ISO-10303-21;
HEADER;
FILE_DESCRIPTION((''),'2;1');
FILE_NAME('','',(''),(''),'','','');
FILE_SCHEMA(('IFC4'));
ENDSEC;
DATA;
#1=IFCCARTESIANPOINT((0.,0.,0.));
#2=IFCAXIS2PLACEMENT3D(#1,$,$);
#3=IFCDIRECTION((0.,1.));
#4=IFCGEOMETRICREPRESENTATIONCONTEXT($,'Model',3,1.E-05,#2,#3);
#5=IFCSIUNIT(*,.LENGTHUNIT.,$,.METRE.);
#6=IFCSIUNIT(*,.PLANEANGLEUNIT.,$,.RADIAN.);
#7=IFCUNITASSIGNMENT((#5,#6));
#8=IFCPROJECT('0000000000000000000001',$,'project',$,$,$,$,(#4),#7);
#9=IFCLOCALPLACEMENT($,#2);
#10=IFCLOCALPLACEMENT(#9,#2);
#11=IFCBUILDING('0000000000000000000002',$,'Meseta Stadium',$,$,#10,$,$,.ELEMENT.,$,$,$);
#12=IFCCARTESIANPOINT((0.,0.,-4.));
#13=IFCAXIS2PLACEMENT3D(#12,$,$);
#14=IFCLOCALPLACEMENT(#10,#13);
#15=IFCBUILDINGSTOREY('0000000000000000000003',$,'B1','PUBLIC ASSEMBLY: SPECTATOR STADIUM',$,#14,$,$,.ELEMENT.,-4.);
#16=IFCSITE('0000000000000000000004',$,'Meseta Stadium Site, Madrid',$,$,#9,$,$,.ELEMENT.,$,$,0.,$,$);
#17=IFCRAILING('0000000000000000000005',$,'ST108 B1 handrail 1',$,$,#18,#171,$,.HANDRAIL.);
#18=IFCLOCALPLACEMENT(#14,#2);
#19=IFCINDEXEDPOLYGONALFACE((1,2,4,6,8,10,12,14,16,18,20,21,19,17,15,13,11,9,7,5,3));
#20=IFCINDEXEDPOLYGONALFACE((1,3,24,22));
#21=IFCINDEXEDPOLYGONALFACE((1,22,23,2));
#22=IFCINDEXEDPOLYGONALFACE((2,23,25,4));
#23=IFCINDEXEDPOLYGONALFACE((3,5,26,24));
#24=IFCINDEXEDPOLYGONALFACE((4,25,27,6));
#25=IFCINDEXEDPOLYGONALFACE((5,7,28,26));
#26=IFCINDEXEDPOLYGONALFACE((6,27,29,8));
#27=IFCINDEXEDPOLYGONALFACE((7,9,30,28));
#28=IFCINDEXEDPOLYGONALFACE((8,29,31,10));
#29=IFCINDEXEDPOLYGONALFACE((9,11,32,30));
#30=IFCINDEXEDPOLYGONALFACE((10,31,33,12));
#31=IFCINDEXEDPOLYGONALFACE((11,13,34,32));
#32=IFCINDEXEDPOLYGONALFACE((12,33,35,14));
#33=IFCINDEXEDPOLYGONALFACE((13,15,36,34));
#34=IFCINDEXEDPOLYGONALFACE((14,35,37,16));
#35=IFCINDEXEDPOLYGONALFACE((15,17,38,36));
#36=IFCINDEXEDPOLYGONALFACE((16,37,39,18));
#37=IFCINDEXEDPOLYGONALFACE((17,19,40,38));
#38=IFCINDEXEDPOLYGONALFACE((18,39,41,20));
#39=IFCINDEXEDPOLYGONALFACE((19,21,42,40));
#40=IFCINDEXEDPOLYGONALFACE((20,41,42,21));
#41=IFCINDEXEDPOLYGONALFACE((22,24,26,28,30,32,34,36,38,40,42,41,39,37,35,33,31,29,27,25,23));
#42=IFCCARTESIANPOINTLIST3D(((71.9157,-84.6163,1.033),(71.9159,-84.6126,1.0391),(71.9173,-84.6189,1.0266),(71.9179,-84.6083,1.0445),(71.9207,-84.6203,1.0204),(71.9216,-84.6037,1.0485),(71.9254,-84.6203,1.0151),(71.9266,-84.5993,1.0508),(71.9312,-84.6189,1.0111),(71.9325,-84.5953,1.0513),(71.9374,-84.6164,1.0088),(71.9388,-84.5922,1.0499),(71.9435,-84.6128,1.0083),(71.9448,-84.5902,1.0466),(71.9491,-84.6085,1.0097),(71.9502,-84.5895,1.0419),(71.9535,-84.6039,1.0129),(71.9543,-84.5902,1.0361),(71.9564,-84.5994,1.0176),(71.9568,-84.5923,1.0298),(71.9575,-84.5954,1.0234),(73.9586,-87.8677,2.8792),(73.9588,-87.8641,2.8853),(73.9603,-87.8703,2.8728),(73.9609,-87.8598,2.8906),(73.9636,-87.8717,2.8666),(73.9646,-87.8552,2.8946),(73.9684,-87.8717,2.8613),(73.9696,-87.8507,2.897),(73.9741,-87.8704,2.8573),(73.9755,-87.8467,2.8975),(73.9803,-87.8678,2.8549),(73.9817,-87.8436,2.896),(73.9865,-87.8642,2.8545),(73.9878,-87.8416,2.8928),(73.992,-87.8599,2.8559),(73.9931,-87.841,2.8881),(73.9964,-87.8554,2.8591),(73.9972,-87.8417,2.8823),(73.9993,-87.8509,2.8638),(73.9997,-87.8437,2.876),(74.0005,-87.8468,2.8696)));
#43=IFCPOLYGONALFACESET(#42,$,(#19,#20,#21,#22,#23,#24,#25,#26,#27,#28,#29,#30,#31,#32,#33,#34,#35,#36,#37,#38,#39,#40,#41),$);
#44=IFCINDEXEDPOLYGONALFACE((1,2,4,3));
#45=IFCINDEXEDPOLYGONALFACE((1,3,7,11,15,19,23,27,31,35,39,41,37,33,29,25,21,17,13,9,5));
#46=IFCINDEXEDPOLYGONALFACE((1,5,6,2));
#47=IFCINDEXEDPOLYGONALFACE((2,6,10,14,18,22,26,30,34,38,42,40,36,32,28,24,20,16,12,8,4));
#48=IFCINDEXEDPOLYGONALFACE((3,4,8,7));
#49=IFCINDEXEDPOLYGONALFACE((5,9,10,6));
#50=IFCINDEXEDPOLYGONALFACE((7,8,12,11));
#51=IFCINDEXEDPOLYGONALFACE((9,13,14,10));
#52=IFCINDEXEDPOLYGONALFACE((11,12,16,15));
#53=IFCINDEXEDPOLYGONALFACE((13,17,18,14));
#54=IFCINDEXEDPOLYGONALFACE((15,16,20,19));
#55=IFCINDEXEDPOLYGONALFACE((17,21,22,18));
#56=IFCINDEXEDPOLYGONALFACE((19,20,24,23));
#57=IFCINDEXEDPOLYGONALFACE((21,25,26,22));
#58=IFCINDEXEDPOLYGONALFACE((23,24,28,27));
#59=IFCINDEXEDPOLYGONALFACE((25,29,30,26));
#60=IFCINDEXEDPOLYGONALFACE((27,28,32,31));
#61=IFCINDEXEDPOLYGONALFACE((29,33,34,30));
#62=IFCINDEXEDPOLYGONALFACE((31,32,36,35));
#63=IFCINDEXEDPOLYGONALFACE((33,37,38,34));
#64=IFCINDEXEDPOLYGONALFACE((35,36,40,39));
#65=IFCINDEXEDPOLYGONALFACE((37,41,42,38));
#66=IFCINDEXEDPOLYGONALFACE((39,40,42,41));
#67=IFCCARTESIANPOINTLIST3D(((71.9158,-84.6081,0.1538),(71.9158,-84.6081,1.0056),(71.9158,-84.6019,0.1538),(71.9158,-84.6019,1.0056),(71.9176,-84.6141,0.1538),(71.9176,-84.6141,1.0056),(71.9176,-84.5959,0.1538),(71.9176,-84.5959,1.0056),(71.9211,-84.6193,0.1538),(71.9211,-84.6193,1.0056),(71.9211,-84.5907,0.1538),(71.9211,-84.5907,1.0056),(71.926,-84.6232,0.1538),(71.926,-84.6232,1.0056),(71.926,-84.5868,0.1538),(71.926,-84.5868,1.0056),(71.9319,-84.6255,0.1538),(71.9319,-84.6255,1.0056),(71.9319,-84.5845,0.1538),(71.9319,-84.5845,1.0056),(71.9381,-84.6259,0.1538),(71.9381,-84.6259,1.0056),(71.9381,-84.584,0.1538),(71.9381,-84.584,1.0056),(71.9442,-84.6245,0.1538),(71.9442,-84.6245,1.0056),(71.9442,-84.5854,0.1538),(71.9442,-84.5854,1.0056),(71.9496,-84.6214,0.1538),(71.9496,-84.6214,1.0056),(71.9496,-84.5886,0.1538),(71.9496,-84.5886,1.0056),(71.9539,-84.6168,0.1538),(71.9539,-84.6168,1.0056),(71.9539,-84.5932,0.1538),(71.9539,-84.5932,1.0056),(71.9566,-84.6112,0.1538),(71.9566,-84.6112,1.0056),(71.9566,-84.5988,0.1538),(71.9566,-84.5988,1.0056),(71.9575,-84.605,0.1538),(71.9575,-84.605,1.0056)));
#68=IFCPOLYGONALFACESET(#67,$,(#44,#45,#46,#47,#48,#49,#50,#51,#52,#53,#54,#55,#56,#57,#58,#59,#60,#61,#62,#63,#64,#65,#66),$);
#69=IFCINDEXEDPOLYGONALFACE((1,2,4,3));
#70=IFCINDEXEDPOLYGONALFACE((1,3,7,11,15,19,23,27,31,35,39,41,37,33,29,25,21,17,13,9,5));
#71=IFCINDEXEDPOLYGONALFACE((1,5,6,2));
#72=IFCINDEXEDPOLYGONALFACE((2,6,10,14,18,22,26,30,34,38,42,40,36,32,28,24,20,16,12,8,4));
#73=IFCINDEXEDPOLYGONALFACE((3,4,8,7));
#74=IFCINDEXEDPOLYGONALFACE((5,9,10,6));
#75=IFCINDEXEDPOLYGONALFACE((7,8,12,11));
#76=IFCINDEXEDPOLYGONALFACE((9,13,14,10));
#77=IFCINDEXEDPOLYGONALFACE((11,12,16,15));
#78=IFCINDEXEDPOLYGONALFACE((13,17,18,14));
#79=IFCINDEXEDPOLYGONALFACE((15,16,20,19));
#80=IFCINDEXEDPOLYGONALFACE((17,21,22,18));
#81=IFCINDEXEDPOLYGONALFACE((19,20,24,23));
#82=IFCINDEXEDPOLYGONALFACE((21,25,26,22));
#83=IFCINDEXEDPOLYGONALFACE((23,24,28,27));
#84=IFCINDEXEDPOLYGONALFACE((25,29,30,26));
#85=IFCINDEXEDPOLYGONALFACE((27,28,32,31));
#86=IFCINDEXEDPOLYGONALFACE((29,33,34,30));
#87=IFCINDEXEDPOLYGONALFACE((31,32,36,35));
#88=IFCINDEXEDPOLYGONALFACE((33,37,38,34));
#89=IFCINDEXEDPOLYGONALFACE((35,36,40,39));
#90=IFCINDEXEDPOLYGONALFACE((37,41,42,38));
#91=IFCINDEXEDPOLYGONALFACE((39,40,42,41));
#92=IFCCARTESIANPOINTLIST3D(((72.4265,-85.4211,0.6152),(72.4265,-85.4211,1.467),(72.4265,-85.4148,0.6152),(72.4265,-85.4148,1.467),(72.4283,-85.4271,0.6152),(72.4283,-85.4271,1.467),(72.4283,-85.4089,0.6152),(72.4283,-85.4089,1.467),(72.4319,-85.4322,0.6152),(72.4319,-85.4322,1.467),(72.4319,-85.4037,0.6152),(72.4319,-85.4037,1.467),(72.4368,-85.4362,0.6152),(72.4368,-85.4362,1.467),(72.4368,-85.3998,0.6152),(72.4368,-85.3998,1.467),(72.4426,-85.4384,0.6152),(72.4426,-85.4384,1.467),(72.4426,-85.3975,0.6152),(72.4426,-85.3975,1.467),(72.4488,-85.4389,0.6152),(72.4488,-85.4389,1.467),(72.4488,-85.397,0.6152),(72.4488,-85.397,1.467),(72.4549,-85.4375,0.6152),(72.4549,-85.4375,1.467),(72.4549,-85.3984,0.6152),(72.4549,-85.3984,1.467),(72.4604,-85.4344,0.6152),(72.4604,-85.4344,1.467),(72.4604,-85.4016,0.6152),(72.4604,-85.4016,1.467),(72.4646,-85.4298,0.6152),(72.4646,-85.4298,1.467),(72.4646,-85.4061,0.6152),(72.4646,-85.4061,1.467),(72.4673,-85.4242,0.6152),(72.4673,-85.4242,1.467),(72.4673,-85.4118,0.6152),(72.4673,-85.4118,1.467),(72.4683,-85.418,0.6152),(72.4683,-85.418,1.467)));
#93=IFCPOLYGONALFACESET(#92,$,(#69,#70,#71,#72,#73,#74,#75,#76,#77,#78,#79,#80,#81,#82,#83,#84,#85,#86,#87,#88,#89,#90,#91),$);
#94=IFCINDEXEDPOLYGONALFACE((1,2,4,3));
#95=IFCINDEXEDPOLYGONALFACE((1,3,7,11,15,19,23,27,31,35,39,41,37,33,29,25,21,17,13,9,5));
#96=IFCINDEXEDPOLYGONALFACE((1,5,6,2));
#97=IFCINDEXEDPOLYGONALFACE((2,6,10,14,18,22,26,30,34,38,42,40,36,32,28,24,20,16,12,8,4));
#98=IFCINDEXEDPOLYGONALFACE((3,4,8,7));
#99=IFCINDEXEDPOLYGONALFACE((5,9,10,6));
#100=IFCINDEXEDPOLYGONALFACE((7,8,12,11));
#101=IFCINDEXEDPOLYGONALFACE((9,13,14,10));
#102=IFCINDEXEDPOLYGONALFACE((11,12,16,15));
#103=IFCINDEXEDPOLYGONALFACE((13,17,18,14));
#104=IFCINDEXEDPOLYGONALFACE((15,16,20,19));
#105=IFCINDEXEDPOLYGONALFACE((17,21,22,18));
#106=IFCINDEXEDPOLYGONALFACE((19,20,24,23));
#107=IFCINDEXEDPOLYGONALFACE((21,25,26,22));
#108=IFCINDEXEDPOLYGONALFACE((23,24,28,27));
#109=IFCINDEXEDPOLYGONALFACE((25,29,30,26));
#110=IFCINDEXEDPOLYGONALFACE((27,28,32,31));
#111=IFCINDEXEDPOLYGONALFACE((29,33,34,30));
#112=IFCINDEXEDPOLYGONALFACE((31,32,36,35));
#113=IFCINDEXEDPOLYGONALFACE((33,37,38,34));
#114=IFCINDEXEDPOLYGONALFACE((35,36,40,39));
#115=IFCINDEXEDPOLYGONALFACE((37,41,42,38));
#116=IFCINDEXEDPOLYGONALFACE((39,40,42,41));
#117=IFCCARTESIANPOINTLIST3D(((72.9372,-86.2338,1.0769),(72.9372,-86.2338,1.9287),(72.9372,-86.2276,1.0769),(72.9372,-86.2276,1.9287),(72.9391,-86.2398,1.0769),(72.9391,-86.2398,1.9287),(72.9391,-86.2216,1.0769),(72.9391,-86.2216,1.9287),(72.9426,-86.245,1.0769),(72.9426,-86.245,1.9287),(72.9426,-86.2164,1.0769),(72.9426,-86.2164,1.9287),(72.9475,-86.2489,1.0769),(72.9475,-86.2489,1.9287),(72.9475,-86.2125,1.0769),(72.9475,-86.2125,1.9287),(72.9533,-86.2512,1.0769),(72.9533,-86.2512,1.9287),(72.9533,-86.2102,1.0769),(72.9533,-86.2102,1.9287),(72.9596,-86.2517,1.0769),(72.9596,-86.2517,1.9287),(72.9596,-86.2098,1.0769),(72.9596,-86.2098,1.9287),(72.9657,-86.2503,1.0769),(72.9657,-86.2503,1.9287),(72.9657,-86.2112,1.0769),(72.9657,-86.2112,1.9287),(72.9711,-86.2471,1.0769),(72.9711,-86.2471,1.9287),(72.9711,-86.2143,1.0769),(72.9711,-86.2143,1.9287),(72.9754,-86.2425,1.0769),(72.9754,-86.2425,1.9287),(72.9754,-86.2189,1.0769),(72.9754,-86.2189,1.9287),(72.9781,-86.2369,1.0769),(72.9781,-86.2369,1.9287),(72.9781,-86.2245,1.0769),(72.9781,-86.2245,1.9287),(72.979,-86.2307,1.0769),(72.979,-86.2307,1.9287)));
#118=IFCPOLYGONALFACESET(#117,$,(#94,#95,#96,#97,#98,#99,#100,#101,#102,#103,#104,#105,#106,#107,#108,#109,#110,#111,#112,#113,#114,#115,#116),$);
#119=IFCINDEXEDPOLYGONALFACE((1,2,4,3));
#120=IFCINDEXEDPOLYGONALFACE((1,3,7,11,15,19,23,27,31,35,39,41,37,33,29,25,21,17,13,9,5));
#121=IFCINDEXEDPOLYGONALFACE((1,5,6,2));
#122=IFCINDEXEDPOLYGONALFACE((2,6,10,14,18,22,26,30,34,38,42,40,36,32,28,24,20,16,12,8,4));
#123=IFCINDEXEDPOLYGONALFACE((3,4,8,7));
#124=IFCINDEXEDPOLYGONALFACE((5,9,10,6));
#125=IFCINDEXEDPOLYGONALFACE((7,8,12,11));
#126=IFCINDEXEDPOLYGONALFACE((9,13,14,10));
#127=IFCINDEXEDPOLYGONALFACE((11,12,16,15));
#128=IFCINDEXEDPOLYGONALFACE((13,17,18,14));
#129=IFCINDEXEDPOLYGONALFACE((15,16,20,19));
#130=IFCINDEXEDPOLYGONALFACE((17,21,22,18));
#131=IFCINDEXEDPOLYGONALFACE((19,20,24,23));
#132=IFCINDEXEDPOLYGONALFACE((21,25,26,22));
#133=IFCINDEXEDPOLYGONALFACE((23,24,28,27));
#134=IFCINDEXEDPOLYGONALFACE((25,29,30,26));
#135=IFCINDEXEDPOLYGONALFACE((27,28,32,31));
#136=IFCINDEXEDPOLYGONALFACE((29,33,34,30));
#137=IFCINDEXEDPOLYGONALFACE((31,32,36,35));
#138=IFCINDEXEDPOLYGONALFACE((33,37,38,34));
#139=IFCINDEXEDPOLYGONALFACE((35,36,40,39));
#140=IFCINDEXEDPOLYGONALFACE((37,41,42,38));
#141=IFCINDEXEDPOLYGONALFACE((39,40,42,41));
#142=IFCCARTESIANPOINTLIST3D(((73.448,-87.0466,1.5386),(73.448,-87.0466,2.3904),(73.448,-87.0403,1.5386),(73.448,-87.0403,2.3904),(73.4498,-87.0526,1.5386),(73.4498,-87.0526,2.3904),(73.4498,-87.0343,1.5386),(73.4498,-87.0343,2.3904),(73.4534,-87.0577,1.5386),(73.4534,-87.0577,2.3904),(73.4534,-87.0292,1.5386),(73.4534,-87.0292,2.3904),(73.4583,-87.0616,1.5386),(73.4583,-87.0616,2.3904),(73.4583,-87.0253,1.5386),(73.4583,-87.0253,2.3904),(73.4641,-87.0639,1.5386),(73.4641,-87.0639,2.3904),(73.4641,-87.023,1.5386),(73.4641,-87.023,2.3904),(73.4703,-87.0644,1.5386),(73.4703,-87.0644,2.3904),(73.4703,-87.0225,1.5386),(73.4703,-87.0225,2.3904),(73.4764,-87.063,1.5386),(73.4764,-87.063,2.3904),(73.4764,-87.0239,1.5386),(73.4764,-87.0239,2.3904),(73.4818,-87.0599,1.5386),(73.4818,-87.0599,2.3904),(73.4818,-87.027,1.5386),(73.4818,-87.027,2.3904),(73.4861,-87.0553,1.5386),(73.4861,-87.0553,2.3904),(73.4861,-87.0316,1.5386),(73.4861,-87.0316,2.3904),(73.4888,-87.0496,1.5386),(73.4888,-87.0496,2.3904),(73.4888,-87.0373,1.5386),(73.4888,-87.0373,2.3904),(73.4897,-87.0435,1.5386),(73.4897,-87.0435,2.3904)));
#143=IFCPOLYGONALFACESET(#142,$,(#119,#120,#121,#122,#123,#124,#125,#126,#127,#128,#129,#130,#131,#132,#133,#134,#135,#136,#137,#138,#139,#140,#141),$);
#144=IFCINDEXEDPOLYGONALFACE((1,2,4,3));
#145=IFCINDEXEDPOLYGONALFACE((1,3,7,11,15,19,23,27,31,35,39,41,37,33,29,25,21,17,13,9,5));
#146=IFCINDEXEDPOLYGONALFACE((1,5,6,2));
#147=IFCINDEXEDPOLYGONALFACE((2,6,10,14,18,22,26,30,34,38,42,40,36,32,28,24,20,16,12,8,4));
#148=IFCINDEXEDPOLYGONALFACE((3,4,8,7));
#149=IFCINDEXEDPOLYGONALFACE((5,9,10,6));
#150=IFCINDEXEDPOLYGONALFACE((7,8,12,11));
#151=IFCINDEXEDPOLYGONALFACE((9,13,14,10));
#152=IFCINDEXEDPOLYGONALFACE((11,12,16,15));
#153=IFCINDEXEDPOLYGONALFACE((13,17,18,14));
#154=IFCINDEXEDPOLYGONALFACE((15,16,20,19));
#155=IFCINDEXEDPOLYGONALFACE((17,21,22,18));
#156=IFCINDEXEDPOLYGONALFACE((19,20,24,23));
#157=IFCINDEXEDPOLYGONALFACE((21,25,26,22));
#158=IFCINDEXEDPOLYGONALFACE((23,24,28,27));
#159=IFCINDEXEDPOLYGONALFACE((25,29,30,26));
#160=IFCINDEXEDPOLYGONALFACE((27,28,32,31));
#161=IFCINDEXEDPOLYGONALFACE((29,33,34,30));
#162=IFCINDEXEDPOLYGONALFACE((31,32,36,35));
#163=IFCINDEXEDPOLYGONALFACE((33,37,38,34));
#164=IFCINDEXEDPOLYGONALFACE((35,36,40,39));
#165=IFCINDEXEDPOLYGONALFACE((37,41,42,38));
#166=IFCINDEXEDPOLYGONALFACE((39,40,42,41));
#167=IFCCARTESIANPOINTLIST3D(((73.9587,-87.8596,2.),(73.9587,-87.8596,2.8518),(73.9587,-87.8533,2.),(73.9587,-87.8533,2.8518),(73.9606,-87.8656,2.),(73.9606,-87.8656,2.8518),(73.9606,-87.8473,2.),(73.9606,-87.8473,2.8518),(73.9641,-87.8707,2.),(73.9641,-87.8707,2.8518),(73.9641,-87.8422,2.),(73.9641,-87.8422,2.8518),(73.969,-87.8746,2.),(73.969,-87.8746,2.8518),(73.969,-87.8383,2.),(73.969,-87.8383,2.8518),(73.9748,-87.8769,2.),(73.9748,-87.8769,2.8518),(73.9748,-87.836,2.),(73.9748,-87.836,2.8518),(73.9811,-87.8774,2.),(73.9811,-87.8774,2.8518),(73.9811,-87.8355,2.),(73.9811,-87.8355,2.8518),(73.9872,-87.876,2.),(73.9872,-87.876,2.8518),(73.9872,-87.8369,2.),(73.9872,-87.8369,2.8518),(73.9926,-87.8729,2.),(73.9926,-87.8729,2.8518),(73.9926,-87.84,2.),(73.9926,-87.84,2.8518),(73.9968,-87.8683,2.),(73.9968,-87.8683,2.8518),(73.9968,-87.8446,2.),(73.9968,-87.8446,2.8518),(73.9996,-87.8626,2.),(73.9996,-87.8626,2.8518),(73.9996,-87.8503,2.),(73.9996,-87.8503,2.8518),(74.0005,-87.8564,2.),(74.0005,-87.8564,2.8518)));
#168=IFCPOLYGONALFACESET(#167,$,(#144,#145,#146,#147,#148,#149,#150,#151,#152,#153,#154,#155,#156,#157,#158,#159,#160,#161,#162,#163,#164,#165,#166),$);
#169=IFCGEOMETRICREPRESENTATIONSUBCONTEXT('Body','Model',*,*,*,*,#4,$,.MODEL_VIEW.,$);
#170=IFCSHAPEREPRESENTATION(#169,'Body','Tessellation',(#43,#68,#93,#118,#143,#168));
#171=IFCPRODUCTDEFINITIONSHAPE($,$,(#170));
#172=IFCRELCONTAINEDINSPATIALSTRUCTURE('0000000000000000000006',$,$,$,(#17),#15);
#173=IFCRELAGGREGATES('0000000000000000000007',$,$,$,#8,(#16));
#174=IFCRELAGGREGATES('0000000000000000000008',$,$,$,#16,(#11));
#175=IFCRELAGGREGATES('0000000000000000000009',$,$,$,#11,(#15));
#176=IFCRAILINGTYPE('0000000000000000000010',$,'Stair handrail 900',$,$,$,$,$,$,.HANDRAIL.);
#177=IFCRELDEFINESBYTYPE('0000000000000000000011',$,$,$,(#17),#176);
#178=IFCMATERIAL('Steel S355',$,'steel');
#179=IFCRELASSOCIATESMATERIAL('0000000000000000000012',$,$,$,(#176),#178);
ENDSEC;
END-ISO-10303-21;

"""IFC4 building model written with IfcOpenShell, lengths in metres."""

from ifc_helpers import new_model, si_unit, direction, frame, origin, origin_2d, place, context, subcontext, project, spatial, circle, extrude, material, type_object, element, save


model = new_model("IFC4")

# Units and contexts
model_context = context("Model", 3, precision=1e-05, world=origin(), true_north=direction((0.0, 1.0)))
body_context = subcontext(model_context, "Body", "Model", "MODEL_VIEW")
ifc_project = project(units=[si_unit("LENGTHUNIT", "METRE"), si_unit("PLANEANGLEUNIT", "RADIAN")], contexts=[model_context])

# Site, building, storey
site_placement = place(None, origin())
site = spatial("IfcSite", under=ifc_project, at=site_placement, Name="Meseta Stadium Site, Madrid", CompositionType="ELEMENT", RefElevation=0.0)
building_placement = place(site_placement, origin())
building = spatial("IfcBuilding", under=site, at=building_placement, Name="Meseta Stadium", CompositionType="ELEMENT")
storey_placement = place(building_placement, frame((0.0, 0.0, -4.0)))
storey = spatial("IfcBuildingStorey", under=building, at=storey_placement, Name="B1", Description="PUBLIC ASSEMBLY: SPECTATOR STADIUM", CompositionType="ELEMENT", Elevation=-4.0)

# Railing
ifc_material_1 = material(Name="Steel S355", Category="steel")
railing_type_1 = type_object("IfcRailingType", Name="Stair handrail 900", PredefinedType="HANDRAIL", material=ifc_material_1)
railing_1_placement = place(storey_placement, frame((71.9365, -84.605, 0.1538)))
element("IfcRailing", 1, at=railing_1_placement, inside=storey, type_object=railing_type_1, Name="ST108 B1 handrail 1", PredefinedType="HANDRAIL", context=body_context, shape_type="SweptSolid", body=[
    extrude(circle(Radius=0.0239, at=origin_2d()), frame((0.0, 0.0, 0.876), z_axis=(0.479483, -0.763117, 0.4333), x_axis=(0.846731, 0.53202, 0.0)), (0.0, 0.0, 1.0), 4.2607),
    extrude(circle(Radius=0.021, at=origin_2d()), origin(), (0.0, 0.0, 1.0), 0.8518),
    extrude(circle(Radius=0.021, at=origin_2d()), frame((0.5107, -0.813, 0.4614)), (0.0, 0.0, 1.0), 0.8518),
    extrude(circle(Radius=0.021, at=origin_2d()), frame((1.0215, -1.6257, 0.9231)), (0.0, 0.0, 1.0), 0.8518),
    extrude(circle(Radius=0.021, at=origin_2d()), frame((1.5322, -2.4385, 1.3848)), (0.0, 0.0, 1.0), 0.8518),
    extrude(circle(Radius=0.021, at=origin_2d()), frame((2.043, -3.2515, 1.8462)), (0.0, 0.0, 1.0), 0.8518),
])

save(model, "model.ifc")
